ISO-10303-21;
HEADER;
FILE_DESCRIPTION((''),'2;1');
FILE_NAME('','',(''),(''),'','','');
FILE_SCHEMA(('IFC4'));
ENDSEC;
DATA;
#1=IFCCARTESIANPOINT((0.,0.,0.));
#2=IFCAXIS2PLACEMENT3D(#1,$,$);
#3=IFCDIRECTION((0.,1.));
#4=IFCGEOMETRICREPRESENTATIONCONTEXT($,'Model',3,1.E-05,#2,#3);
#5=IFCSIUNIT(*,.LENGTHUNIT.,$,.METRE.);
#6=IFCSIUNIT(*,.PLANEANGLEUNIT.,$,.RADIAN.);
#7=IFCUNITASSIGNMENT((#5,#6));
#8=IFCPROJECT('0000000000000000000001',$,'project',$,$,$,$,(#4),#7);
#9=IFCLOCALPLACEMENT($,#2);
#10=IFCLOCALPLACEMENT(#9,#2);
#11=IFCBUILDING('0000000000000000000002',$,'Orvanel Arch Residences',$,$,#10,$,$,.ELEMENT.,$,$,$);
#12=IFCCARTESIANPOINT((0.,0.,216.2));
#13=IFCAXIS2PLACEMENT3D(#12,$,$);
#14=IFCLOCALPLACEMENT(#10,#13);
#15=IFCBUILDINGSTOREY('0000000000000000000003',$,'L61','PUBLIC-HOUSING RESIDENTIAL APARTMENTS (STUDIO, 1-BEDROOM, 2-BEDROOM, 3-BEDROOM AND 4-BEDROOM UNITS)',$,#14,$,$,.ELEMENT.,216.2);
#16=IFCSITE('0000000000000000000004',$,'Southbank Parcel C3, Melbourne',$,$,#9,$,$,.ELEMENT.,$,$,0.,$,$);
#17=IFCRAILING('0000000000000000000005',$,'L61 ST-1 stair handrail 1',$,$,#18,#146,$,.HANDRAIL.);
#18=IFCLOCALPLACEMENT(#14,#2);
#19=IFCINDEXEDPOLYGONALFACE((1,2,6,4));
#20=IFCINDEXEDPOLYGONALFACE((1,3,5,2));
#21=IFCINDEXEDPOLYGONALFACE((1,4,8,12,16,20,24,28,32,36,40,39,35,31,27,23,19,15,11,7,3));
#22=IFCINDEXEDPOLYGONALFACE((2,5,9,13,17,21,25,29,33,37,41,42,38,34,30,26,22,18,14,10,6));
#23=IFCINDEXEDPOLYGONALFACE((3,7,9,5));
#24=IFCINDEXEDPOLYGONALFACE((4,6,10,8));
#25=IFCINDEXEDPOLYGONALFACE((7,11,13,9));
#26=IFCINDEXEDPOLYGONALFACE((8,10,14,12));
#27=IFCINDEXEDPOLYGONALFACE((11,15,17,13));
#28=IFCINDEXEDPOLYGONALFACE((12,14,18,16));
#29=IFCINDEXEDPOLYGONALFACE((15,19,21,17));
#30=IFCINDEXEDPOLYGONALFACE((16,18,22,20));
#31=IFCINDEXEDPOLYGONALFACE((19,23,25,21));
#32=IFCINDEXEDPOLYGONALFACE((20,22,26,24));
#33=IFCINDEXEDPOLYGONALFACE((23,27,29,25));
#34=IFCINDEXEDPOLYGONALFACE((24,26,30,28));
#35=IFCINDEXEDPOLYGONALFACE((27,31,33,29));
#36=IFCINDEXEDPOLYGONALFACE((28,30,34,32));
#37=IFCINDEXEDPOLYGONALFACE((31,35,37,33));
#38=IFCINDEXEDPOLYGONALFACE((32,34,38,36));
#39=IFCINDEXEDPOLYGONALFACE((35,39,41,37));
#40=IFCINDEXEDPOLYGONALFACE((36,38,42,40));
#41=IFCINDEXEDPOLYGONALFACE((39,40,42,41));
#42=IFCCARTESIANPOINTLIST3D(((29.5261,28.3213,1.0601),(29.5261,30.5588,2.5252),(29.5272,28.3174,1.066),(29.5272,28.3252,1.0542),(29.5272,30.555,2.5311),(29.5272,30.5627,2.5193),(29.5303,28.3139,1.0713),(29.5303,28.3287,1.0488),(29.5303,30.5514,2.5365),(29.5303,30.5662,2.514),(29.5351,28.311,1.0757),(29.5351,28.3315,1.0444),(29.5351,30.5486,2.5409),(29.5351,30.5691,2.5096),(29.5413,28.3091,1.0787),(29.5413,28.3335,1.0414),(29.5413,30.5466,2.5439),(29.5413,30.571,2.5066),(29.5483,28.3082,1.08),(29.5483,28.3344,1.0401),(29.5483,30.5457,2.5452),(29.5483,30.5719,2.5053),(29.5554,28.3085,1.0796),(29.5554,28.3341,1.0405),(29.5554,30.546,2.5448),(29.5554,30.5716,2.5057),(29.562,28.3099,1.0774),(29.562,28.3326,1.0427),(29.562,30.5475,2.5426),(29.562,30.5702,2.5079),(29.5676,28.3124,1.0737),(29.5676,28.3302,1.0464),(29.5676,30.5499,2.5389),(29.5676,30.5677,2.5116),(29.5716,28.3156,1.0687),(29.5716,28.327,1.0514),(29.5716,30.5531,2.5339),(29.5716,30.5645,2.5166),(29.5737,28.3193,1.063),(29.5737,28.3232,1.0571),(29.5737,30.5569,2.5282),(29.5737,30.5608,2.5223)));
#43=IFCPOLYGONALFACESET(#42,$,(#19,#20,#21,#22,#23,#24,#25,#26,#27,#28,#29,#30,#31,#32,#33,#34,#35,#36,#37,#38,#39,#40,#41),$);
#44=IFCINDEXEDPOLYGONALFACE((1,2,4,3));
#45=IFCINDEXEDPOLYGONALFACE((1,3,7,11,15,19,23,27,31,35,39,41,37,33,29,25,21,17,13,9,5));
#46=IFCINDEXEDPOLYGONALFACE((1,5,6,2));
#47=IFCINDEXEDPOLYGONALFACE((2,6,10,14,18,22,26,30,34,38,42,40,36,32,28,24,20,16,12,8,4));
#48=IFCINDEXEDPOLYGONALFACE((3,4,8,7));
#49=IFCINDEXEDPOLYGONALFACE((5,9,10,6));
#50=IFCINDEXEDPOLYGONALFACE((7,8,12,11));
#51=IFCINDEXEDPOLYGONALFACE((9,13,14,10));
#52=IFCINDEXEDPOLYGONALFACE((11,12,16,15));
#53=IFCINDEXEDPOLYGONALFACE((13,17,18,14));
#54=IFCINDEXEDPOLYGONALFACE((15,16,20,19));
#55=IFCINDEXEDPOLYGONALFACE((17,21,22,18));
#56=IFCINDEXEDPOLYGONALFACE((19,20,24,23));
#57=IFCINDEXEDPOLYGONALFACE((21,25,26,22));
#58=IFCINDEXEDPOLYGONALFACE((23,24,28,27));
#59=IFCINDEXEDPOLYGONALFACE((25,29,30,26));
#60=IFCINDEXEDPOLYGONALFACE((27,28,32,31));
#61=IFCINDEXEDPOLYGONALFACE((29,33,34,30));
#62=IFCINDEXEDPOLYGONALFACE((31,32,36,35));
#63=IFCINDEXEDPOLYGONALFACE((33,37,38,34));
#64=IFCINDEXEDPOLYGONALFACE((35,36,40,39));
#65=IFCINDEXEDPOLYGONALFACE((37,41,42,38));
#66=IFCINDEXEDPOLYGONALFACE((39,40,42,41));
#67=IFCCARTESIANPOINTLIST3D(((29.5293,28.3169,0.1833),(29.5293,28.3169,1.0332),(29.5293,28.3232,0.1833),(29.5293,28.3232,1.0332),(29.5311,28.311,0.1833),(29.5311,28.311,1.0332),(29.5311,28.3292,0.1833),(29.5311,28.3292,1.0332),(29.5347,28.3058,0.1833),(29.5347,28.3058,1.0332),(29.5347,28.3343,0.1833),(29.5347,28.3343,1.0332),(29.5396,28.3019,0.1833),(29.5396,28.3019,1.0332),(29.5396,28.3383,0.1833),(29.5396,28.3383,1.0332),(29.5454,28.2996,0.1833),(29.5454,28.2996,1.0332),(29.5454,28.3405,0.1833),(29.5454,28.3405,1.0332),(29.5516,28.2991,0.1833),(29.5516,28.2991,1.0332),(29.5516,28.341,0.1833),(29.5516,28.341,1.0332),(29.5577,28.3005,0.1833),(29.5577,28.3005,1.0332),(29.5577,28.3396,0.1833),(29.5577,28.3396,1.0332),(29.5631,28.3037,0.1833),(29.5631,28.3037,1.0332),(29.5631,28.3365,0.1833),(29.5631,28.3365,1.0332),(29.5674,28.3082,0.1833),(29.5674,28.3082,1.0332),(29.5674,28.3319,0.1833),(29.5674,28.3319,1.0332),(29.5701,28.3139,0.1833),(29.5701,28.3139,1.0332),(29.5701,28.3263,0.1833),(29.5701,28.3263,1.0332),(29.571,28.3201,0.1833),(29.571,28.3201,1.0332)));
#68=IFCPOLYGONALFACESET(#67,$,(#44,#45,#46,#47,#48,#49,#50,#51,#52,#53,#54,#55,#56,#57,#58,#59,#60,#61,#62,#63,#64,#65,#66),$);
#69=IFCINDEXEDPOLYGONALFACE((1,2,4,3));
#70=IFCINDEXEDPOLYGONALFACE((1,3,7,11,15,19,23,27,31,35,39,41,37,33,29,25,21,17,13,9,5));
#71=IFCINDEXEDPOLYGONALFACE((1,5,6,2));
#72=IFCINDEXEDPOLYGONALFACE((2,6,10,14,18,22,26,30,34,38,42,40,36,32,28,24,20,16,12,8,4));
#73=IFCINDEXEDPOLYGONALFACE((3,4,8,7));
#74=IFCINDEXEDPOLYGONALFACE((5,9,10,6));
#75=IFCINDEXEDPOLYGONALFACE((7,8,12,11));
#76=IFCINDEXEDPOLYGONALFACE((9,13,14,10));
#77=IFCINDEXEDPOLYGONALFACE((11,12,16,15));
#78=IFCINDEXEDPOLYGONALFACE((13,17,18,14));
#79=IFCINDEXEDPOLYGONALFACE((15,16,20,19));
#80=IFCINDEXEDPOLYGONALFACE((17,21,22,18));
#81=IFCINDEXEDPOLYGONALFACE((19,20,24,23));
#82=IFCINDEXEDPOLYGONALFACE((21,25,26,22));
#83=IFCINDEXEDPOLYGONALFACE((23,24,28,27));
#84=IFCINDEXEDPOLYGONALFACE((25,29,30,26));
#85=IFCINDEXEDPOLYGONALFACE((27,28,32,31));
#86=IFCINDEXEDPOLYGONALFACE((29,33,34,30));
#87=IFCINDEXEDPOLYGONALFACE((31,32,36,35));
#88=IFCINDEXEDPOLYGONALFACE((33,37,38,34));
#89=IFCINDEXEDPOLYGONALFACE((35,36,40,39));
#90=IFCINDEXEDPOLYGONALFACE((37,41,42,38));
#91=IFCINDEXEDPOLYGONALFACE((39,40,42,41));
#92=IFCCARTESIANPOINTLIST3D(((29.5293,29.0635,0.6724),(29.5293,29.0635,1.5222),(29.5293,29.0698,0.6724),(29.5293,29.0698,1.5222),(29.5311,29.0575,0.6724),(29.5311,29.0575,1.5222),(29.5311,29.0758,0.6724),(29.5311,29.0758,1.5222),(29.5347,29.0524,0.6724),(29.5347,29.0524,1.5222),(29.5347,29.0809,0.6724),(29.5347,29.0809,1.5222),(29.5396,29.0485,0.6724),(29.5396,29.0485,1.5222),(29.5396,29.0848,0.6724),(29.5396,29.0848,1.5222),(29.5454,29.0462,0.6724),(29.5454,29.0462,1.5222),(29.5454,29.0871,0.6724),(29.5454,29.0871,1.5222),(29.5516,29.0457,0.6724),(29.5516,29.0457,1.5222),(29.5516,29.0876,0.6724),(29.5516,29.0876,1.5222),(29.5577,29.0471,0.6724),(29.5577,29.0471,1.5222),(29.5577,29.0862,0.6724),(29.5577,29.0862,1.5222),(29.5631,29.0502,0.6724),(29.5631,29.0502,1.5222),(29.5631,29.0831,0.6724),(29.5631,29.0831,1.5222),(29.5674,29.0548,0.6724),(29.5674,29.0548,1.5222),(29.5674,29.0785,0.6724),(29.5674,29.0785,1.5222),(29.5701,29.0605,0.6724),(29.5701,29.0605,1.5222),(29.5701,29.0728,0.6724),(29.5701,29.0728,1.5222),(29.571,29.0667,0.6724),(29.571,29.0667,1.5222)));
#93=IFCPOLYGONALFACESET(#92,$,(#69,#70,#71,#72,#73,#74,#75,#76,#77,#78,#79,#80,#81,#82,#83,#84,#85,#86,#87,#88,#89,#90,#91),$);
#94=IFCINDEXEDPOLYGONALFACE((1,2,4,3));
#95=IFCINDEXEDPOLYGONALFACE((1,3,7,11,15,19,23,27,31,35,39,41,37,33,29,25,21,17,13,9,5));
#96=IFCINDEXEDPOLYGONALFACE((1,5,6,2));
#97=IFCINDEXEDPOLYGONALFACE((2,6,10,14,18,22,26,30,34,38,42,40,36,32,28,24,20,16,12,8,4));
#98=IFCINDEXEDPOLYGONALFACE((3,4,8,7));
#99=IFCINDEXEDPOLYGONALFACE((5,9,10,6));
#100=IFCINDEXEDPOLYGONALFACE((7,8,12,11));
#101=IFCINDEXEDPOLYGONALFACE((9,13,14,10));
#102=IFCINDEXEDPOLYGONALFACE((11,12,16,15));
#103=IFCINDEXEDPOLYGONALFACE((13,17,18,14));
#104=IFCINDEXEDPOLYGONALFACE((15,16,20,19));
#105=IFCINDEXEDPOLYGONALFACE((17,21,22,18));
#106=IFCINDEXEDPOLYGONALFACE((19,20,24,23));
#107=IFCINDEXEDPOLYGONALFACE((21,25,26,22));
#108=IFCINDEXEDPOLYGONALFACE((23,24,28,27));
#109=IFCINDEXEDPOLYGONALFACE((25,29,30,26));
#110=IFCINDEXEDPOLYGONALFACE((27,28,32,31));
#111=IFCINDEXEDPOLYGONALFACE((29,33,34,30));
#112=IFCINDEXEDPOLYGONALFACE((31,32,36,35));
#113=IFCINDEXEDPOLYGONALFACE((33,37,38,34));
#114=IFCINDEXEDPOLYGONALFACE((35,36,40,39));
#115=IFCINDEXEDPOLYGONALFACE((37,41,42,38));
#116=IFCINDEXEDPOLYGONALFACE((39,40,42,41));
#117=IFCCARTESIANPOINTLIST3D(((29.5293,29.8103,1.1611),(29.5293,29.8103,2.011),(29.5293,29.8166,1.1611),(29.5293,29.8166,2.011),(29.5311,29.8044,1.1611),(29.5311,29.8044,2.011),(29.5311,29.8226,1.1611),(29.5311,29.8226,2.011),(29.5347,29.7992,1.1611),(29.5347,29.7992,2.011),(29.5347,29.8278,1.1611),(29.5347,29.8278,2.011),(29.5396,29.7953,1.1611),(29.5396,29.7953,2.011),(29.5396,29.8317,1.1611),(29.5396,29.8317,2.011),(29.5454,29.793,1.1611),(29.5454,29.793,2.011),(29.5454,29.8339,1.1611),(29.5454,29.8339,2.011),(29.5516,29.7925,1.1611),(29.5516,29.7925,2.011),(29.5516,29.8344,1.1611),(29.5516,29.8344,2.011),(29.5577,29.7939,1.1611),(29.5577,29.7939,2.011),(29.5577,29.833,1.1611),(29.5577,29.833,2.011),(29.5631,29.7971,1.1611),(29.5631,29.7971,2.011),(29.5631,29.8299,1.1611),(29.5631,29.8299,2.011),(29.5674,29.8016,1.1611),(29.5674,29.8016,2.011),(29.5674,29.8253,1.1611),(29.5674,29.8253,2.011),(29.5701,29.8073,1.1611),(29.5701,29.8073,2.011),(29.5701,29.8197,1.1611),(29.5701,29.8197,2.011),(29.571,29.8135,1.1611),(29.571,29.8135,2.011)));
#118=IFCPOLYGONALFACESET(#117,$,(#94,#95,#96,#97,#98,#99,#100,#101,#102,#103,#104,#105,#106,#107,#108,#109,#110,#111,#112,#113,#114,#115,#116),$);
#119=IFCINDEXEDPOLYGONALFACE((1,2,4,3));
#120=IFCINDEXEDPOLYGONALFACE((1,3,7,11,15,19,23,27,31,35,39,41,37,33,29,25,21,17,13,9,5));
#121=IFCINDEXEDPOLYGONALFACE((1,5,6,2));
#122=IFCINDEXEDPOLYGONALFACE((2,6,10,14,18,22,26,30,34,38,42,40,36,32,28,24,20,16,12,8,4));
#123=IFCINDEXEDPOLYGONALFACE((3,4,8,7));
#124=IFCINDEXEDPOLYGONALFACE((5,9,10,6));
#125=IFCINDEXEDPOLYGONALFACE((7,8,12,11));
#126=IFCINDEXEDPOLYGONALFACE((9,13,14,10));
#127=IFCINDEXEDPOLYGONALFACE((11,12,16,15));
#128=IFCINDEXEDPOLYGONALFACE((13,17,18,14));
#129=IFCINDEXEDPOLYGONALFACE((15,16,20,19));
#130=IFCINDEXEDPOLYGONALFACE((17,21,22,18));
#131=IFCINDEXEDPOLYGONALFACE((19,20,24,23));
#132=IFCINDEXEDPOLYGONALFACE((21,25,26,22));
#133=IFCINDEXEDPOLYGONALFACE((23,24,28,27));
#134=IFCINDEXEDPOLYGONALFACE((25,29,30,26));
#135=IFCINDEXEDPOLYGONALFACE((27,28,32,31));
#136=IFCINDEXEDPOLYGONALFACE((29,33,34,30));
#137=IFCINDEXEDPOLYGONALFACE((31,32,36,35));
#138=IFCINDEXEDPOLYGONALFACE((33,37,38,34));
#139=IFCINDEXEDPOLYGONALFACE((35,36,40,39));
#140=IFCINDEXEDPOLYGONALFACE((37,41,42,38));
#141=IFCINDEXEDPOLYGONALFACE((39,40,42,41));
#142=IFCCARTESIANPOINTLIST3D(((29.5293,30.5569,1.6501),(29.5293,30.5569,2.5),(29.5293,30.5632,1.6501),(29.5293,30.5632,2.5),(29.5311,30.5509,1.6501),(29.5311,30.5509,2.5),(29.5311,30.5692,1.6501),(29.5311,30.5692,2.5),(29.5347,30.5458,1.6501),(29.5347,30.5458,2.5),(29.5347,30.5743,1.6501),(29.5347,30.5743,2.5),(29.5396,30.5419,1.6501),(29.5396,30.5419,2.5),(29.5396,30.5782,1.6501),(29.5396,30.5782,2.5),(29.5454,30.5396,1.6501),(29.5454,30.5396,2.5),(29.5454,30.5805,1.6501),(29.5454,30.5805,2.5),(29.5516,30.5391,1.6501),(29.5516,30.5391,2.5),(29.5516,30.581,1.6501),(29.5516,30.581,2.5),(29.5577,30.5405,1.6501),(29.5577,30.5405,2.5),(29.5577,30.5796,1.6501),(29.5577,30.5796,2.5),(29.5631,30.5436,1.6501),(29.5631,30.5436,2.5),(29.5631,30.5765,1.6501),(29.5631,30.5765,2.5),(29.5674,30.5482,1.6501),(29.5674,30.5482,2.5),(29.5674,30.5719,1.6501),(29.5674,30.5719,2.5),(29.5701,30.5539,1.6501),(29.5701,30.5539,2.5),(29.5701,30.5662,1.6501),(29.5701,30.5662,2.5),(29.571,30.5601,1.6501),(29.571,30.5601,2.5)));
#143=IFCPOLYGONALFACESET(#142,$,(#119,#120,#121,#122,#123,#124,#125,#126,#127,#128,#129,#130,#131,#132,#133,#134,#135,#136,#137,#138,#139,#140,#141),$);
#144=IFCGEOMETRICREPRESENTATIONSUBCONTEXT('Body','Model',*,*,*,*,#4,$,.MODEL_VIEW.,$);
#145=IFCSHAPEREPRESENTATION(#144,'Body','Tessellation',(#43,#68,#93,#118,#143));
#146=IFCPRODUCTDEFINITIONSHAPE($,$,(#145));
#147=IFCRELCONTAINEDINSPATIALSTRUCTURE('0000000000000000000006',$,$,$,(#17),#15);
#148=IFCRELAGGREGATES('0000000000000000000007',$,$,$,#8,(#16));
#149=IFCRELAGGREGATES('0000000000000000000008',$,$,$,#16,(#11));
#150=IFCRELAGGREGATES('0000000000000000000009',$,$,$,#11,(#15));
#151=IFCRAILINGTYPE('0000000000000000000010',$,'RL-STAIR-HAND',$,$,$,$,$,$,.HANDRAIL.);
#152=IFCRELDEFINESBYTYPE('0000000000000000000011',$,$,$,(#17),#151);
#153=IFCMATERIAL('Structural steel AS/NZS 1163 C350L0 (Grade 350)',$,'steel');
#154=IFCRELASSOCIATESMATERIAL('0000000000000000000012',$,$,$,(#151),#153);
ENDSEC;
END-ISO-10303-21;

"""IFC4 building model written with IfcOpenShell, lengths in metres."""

from ifc_helpers import new_model, si_unit, direction, frame, origin, origin_2d, place, context, subcontext, project, spatial, circle, extrude, material, type_object, element, save


model = new_model("IFC4")

# Units and contexts
model_context = context("Model", 3, precision=1e-05, world=origin(), true_north=direction((0.0, 1.0)))
body_context = subcontext(model_context, "Body", "Model", "MODEL_VIEW")
ifc_project = project(units=[si_unit("LENGTHUNIT", "METRE"), si_unit("PLANEANGLEUNIT", "RADIAN")], contexts=[model_context])

# Site, building, storey
site_placement = place(None, origin())
site = spatial("IfcSite", under=ifc_project, at=site_placement, Name="Southbank Parcel C3, Melbourne", CompositionType="ELEMENT", RefElevation=0.0)
building_placement = place(site_placement, origin())
building = spatial("IfcBuilding", under=site, at=building_placement, Name="Orvanel Arch Residences", CompositionType="ELEMENT")
storey_placement = place(building_placement, frame((0.0, 0.0, 216.2)))
storey = spatial("IfcBuildingStorey", under=building, at=storey_placement, Name="L61", Description="PUBLIC-HOUSING RESIDENTIAL APARTMENTS (STUDIO, 1-BEDROOM, 2-BEDROOM, 3-BEDROOM AND 4-BEDROOM UNITS)", CompositionType="ELEMENT", Elevation=216.2)

# Railing
ifc_material_1 = material(Name="Structural steel AS/NZS 1163 C350L0 (Grade 350)", Category="steel")
railing_type_1 = type_object("IfcRailingType", Name="RL-STAIR-HAND", PredefinedType="HANDRAIL", material=ifc_material_1)
railing_1_placement = place(storey_placement, frame((29.55, 28.3201, 0.1833)))
element("IfcRailing", 1, at=railing_1_placement, inside=storey, type_object=railing_type_1, Name="L61 ST-1 stair handrail 1", PredefinedType="HANDRAIL", context=body_context, shape_type="SweptSolid", body=[
    extrude(circle(Radius=0.0239, at=origin_2d()), frame((0.0, 0.0012, 0.8767), z_axis=(0.0, 0.836595, 0.547822), x_axis=(-1.0, 0.0, 0.0)), (0.0, 0.0, 1.0), 2.6746),
    extrude(circle(Radius=0.021, at=origin_2d()), origin(), (0.0, 0.0, 1.0), 0.8499),
    extrude(circle(Radius=0.021, at=origin_2d()), frame((0.0, 0.7466, 0.489)), (0.0, 0.0, 1.0), 0.8499),
    extrude(circle(Radius=0.021, at=origin_2d()), frame((0.0, 1.4934, 0.9778)), (0.0, 0.0, 1.0), 0.8499),
    extrude(circle(Radius=0.021, at=origin_2d()), frame((0.0, 2.24, 1.4668)), (0.0, 0.0, 1.0), 0.8499),
])

save(model, "model.ifc")
